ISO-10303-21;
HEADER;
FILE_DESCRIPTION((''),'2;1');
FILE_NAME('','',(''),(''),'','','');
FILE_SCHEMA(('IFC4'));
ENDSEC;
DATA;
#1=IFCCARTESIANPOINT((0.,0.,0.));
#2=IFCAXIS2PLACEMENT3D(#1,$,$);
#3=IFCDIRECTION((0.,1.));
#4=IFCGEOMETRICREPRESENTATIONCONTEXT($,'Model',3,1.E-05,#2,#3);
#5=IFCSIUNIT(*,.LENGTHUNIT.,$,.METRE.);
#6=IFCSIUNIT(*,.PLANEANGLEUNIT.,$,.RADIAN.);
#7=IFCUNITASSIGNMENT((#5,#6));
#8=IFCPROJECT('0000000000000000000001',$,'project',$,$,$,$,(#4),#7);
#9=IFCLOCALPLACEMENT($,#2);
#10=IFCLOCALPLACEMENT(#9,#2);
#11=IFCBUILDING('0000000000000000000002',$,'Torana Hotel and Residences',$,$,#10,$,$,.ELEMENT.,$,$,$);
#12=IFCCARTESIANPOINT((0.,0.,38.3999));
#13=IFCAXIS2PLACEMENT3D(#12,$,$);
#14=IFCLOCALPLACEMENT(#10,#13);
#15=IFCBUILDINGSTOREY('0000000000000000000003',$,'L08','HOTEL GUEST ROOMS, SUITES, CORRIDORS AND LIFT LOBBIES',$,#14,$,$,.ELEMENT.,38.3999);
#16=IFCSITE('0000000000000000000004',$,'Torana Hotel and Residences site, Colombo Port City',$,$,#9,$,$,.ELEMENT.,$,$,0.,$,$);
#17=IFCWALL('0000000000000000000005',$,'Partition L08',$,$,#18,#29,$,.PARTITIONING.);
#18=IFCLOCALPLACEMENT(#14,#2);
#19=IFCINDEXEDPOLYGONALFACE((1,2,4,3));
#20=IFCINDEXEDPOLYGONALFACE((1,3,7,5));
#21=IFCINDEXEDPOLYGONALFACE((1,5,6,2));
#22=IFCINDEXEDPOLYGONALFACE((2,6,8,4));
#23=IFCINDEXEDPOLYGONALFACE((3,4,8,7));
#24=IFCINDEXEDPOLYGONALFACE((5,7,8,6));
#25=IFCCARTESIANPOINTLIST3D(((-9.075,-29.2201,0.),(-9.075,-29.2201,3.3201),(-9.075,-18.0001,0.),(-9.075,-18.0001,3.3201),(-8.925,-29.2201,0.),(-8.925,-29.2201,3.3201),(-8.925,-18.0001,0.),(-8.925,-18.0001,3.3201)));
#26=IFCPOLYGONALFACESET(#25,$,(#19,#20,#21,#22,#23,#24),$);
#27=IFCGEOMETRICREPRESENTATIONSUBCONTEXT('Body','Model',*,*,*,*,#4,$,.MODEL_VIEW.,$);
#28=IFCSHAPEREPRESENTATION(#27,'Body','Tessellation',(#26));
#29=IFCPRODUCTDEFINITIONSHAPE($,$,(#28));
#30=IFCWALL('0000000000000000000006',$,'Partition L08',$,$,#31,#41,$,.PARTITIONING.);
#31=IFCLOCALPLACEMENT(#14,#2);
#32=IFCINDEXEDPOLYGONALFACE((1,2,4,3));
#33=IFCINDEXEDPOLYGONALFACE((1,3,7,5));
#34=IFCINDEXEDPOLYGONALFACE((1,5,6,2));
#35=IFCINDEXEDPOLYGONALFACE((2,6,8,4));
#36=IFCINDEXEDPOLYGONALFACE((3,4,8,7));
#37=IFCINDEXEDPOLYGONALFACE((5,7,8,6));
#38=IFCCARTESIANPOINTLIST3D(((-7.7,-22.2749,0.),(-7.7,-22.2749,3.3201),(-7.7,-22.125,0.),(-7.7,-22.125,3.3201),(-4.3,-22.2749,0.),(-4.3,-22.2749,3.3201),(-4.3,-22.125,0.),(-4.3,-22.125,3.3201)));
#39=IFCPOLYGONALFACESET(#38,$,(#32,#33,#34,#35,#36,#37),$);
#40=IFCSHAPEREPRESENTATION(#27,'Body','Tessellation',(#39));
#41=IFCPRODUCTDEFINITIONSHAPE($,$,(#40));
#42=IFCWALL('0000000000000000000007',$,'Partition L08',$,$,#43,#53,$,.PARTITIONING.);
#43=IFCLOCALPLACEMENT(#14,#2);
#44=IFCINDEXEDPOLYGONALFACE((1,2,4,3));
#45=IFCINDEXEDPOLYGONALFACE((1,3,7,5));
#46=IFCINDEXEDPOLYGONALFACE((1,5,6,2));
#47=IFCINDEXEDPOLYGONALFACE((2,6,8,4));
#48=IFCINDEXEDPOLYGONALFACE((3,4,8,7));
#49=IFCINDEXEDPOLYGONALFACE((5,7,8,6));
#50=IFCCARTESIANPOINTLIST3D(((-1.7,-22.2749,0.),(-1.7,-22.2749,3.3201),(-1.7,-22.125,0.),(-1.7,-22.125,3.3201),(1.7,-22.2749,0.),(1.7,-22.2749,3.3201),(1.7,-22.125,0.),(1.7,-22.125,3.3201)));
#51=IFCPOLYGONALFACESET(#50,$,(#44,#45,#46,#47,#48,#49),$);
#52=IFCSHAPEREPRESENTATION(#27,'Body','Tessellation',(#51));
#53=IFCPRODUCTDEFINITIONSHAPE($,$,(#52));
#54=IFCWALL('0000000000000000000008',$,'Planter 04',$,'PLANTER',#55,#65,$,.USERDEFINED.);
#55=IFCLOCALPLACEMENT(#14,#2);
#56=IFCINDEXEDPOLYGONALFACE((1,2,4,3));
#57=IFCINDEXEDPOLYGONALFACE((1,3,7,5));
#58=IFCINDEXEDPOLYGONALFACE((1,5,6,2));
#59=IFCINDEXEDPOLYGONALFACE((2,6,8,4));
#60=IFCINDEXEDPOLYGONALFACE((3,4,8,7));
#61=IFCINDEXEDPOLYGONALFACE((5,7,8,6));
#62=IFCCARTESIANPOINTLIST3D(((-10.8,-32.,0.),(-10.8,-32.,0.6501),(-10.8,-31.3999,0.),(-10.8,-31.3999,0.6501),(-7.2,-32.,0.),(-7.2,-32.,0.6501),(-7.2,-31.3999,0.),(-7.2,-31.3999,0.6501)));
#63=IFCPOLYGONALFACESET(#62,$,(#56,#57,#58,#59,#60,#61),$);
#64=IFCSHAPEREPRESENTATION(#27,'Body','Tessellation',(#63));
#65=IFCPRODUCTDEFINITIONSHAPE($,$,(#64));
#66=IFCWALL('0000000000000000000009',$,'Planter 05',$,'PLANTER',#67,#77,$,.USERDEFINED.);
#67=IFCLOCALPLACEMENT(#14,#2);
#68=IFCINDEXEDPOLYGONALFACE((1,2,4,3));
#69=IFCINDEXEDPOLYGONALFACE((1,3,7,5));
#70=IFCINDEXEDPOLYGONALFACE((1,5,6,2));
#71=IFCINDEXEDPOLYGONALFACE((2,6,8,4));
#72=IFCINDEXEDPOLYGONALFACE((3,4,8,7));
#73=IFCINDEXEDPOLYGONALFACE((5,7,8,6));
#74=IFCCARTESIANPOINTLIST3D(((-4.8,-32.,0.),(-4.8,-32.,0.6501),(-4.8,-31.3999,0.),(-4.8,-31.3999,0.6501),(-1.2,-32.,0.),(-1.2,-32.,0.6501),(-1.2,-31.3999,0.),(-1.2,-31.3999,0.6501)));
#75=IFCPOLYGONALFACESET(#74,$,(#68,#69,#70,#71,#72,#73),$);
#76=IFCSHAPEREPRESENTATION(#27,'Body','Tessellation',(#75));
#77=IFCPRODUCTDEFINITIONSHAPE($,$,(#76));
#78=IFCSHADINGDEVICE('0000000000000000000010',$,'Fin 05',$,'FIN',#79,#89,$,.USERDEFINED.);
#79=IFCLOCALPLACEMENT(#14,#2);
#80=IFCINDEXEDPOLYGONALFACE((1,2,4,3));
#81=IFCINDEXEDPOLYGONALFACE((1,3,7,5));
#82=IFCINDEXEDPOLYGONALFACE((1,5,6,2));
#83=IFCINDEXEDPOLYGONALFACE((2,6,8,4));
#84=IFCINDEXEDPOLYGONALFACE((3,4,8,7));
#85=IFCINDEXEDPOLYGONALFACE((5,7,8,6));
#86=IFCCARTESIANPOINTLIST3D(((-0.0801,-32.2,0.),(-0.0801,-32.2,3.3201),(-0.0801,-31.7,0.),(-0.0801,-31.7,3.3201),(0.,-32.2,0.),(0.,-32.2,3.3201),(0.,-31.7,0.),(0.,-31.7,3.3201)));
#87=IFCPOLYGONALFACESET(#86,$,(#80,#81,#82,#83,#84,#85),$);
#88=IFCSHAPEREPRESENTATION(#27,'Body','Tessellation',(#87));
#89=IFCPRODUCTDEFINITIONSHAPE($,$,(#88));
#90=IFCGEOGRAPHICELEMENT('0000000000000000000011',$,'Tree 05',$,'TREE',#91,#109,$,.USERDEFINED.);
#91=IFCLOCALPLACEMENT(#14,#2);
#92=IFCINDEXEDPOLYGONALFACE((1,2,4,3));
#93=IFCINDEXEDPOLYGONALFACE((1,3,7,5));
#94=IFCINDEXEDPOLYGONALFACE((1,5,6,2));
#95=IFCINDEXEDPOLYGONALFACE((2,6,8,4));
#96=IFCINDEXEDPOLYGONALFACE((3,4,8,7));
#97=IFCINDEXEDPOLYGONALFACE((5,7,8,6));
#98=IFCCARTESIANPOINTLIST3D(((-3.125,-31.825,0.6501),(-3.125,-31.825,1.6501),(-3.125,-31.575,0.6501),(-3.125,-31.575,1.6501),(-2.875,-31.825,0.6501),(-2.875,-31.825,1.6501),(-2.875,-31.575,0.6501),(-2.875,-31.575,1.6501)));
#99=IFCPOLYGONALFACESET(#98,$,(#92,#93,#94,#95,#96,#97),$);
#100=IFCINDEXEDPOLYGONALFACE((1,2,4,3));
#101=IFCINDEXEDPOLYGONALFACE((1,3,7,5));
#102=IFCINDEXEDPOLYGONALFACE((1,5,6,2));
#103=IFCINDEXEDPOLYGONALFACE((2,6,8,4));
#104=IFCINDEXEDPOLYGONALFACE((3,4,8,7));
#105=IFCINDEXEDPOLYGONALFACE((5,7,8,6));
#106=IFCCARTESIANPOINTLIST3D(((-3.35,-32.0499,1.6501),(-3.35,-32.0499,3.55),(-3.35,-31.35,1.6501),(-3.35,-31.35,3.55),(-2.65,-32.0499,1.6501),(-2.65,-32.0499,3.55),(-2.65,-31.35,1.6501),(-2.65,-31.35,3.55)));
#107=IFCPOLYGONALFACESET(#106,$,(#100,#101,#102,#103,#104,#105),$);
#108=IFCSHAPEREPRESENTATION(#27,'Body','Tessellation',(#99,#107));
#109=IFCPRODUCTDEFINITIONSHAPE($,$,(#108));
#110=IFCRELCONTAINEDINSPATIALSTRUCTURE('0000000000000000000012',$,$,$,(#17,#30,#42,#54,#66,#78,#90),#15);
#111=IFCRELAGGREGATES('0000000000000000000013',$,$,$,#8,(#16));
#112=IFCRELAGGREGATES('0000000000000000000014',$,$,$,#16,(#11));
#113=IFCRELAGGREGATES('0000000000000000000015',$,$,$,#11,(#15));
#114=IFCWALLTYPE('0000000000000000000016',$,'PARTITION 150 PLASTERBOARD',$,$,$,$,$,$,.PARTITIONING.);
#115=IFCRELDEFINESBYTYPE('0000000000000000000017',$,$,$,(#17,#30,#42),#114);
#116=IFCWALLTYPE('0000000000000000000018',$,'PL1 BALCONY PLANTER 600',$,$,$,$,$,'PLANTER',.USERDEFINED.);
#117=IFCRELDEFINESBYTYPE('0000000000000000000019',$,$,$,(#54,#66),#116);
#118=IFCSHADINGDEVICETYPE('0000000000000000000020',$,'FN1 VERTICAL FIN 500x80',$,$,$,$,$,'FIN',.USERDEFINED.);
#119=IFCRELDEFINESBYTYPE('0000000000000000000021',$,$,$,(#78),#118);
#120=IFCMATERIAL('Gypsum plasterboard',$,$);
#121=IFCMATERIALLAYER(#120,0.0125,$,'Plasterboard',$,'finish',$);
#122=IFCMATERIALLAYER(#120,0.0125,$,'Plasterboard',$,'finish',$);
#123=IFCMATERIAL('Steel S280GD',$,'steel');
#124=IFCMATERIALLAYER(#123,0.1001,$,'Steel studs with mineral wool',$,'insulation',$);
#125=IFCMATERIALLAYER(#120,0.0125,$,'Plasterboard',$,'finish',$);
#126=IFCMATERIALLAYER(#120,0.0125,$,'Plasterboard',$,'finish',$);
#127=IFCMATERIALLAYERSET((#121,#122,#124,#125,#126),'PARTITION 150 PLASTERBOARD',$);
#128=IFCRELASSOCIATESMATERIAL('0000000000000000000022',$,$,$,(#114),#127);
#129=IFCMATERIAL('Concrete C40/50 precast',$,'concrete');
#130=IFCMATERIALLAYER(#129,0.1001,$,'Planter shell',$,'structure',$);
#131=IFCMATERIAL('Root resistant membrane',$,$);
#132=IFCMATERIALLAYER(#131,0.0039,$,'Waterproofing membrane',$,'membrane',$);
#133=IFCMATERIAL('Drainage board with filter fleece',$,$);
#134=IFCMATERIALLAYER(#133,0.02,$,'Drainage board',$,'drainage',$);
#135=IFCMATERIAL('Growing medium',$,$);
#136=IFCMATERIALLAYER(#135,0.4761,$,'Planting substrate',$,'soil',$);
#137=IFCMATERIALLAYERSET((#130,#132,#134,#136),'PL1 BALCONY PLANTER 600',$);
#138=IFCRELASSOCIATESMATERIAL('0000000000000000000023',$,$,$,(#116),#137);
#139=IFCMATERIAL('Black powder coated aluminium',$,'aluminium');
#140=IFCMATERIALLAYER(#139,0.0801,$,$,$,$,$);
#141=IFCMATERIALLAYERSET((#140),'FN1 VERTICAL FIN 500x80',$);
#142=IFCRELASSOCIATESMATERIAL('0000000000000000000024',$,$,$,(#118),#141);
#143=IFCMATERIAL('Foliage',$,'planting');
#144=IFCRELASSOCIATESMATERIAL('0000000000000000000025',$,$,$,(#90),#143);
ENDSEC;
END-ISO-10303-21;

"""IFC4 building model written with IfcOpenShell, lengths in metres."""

from ifc_helpers import new_model, si_unit, direction, frame, frame_2d, origin, origin_2d, place, context, subcontext, project, spatial, rectangle, extrude, material, layer, layer_set, type_object, element, save


model = new_model("IFC4")

# Units and contexts
model_context = context("Model", 3, precision=1e-05, world=origin(), true_north=direction((0.0, 1.0)))
body_context = subcontext(model_context, "Body", "Model", "MODEL_VIEW")
ifc_project = project(units=[si_unit("LENGTHUNIT", "METRE"), si_unit("PLANEANGLEUNIT", "RADIAN")], contexts=[model_context])

# Site, building, storey
site_placement = place(None, origin())
site = spatial("IfcSite", under=ifc_project, at=site_placement, Name="Torana Hotel and Residences site, Colombo Port City", CompositionType="ELEMENT", RefElevation=0.0)
building_placement = place(site_placement, origin())
building = spatial("IfcBuilding", under=site, at=building_placement, Name="Torana Hotel and Residences", CompositionType="ELEMENT")
storey_placement = place(building_placement, frame((0.0, 0.0, 38.3999)))
storey = spatial("IfcBuildingStorey", under=building, at=storey_placement, Name="L08", Description="HOTEL GUEST ROOMS, SUITES, CORRIDORS AND LIFT LOBBIES", CompositionType="ELEMENT", Elevation=38.3999)

# Shared definitions
ifc_material_1 = material(Name="Gypsum plasterboard")
ifc_layer_1 = layer(ifc_material_1, 0.0125, Name="Plasterboard", Category="finish")
ifc_layer_2 = layer(ifc_material_1, 0.0125, Name="Plasterboard", Category="finish")
ifc_material_2 = material(Name="Steel S280GD", Category="steel")
ifc_layer_3 = layer(ifc_material_2, 0.1001, Name="Steel studs with mineral wool", Category="insulation")
ifc_layer_4 = layer(ifc_material_1, 0.0125, Name="Plasterboard", Category="finish")
ifc_layer_5 = layer(ifc_material_1, 0.0125, Name="Plasterboard", Category="finish")
ifc_layer_set_1 = layer_set([ifc_layer_1, ifc_layer_2, ifc_layer_3, ifc_layer_4, ifc_layer_5], Name="PARTITION 150 PLASTERBOARD")
wall_type_1 = type_object("IfcWallType", Name="PARTITION 150 PLASTERBOARD", PredefinedType="PARTITIONING", material=ifc_layer_set_1)

# Walls
wall_1_placement = place(storey_placement, frame((-9.0, -29.22, 0.0), z_axis=(0.0, 0.0, 1.0), x_axis=(0.0, 1.0, 0.0)))
element("IfcWall", 1, at=wall_1_placement, inside=storey, type_object=wall_type_1, Name="Partition L08", PredefinedType="PARTITIONING", context=body_context, shape_type="SweptSolid", body=[
    extrude(rectangle(XDim=11.22, YDim=0.1499, at=frame_2d((5.6099, 0.0))), origin(), (0.0, 0.0, 1.0), 3.3201),
])
for number, where, z_axis, x_axis, name in (
    (2, (-7.7, -22.2, 0.0), (0.0, 0.0, 1.0), (1.0, 0.0, 0.0), "Partition L08"),
    (3, (-1.7, -22.2, 0.0), (0.0, 0.0, 1.0), (1.0, 0.0, 0.0), "Partition L08"),
):
    element("IfcWall", number, at=place(storey_placement, frame(where, z_axis=z_axis, x_axis=x_axis)), inside=storey, type_object=wall_type_1, Name=name, PredefinedType="PARTITIONING", context=body_context, shape_type="SweptSolid", body=[
        extrude(rectangle(XDim=3.3999, YDim=0.1499, at=frame_2d((1.7, 0.0))), origin(), (0.0, 0.0, 1.0), 3.3201),
    ])
ifc_material_3 = material(Name="Concrete C40/50 precast", Category="concrete")
ifc_layer_6 = layer(ifc_material_3, 0.1001, Name="Planter shell", Category="structure")
ifc_material_4 = material(Name="Root resistant membrane")
ifc_layer_7 = layer(ifc_material_4, 0.0039, Name="Waterproofing membrane", Category="membrane")
ifc_material_5 = material(Name="Drainage board with filter fleece")
ifc_layer_8 = layer(ifc_material_5, 0.02, Name="Drainage board", Category="drainage")
ifc_material_6 = material(Name="Growing medium")
ifc_layer_9 = layer(ifc_material_6, 0.4761, Name="Planting substrate", Category="soil")
ifc_layer_set_2 = layer_set([ifc_layer_6, ifc_layer_7, ifc_layer_8, ifc_layer_9], Name="PL1 BALCONY PLANTER 600")
wall_type_2 = type_object("IfcWallType", Name="PL1 BALCONY PLANTER 600", ElementType="PLANTER", PredefinedType="USERDEFINED", material=ifc_layer_set_2)
for number, where, z_axis, x_axis, name in (
    (4, (-7.2, -31.7, 0.0), (0.0, 0.0, 1.0), (-1.0, 0.0, 0.0), "Planter 04"),
    (5, (-1.2, -31.7, 0.0), (0.0, 0.0, 1.0), (-1.0, 0.0, 0.0), "Planter 05"),
):
    element("IfcWall", number, at=place(storey_placement, frame(where, z_axis=z_axis, x_axis=x_axis)), inside=storey, type_object=wall_type_2, Name=name, ObjectType="PLANTER", PredefinedType="USERDEFINED", context=body_context, shape_type="SweptSolid", body=[
        extrude(rectangle(XDim=3.6001, YDim=0.6001, at=frame_2d((1.8, 0.0))), origin(), (0.0, 0.0, 1.0), 0.6501),
    ])

# Shading device
ifc_material_7 = material(Name="Black powder coated aluminium", Category="aluminium")
ifc_layer_10 = layer(ifc_material_7, 0.0801)
ifc_layer_set_3 = layer_set([ifc_layer_10], Name="FN1 VERTICAL FIN 500x80")
shading_device_type = type_object("IfcShadingDeviceType", Name="FN1 VERTICAL FIN 500x80", ElementType="FIN", PredefinedType="USERDEFINED", material=ifc_layer_set_3)
shading_device_placement = place(storey_placement, frame((-0.04, -31.95, 0.0), z_axis=(0.0, 0.0, 1.0), x_axis=(-1.0, 0.0, 0.0)))
element("IfcShadingDevice", 6, at=shading_device_placement, inside=storey, type_object=shading_device_type, Name="Fin 05", ObjectType="FIN", PredefinedType="USERDEFINED", context=body_context, shape_type="SweptSolid", body=[
    extrude(rectangle(XDim=0.0801, YDim=0.5, at=origin_2d()), origin(), (0.0, 0.0, 1.0), 3.3201),
])

# Geographic element
ifc_material_8 = material(Name="Foliage", Category="planting")
geographic_element_placement = place(storey_placement, frame((-3.0, -31.7, 0.6501), z_axis=(0.0, 0.0, 1.0), x_axis=(1.0, 0.0, 0.0)))
element("IfcGeographicElement", 7, at=geographic_element_placement, inside=storey, material=ifc_material_8, Name="Tree 05", ObjectType="TREE", PredefinedType="USERDEFINED", context=body_context, shape_type="SweptSolid", body=[
    extrude(rectangle(XDim=0.25, YDim=0.25, at=origin_2d()), origin(), (0.0, 0.0, 1.0), 1.0),
    extrude(rectangle(XDim=0.7, YDim=0.7, at=origin_2d()), frame((0.0, 0.0, 1.0)), (0.0, 0.0, 1.0), 1.8999),
])

save(model, "model.ifc")
